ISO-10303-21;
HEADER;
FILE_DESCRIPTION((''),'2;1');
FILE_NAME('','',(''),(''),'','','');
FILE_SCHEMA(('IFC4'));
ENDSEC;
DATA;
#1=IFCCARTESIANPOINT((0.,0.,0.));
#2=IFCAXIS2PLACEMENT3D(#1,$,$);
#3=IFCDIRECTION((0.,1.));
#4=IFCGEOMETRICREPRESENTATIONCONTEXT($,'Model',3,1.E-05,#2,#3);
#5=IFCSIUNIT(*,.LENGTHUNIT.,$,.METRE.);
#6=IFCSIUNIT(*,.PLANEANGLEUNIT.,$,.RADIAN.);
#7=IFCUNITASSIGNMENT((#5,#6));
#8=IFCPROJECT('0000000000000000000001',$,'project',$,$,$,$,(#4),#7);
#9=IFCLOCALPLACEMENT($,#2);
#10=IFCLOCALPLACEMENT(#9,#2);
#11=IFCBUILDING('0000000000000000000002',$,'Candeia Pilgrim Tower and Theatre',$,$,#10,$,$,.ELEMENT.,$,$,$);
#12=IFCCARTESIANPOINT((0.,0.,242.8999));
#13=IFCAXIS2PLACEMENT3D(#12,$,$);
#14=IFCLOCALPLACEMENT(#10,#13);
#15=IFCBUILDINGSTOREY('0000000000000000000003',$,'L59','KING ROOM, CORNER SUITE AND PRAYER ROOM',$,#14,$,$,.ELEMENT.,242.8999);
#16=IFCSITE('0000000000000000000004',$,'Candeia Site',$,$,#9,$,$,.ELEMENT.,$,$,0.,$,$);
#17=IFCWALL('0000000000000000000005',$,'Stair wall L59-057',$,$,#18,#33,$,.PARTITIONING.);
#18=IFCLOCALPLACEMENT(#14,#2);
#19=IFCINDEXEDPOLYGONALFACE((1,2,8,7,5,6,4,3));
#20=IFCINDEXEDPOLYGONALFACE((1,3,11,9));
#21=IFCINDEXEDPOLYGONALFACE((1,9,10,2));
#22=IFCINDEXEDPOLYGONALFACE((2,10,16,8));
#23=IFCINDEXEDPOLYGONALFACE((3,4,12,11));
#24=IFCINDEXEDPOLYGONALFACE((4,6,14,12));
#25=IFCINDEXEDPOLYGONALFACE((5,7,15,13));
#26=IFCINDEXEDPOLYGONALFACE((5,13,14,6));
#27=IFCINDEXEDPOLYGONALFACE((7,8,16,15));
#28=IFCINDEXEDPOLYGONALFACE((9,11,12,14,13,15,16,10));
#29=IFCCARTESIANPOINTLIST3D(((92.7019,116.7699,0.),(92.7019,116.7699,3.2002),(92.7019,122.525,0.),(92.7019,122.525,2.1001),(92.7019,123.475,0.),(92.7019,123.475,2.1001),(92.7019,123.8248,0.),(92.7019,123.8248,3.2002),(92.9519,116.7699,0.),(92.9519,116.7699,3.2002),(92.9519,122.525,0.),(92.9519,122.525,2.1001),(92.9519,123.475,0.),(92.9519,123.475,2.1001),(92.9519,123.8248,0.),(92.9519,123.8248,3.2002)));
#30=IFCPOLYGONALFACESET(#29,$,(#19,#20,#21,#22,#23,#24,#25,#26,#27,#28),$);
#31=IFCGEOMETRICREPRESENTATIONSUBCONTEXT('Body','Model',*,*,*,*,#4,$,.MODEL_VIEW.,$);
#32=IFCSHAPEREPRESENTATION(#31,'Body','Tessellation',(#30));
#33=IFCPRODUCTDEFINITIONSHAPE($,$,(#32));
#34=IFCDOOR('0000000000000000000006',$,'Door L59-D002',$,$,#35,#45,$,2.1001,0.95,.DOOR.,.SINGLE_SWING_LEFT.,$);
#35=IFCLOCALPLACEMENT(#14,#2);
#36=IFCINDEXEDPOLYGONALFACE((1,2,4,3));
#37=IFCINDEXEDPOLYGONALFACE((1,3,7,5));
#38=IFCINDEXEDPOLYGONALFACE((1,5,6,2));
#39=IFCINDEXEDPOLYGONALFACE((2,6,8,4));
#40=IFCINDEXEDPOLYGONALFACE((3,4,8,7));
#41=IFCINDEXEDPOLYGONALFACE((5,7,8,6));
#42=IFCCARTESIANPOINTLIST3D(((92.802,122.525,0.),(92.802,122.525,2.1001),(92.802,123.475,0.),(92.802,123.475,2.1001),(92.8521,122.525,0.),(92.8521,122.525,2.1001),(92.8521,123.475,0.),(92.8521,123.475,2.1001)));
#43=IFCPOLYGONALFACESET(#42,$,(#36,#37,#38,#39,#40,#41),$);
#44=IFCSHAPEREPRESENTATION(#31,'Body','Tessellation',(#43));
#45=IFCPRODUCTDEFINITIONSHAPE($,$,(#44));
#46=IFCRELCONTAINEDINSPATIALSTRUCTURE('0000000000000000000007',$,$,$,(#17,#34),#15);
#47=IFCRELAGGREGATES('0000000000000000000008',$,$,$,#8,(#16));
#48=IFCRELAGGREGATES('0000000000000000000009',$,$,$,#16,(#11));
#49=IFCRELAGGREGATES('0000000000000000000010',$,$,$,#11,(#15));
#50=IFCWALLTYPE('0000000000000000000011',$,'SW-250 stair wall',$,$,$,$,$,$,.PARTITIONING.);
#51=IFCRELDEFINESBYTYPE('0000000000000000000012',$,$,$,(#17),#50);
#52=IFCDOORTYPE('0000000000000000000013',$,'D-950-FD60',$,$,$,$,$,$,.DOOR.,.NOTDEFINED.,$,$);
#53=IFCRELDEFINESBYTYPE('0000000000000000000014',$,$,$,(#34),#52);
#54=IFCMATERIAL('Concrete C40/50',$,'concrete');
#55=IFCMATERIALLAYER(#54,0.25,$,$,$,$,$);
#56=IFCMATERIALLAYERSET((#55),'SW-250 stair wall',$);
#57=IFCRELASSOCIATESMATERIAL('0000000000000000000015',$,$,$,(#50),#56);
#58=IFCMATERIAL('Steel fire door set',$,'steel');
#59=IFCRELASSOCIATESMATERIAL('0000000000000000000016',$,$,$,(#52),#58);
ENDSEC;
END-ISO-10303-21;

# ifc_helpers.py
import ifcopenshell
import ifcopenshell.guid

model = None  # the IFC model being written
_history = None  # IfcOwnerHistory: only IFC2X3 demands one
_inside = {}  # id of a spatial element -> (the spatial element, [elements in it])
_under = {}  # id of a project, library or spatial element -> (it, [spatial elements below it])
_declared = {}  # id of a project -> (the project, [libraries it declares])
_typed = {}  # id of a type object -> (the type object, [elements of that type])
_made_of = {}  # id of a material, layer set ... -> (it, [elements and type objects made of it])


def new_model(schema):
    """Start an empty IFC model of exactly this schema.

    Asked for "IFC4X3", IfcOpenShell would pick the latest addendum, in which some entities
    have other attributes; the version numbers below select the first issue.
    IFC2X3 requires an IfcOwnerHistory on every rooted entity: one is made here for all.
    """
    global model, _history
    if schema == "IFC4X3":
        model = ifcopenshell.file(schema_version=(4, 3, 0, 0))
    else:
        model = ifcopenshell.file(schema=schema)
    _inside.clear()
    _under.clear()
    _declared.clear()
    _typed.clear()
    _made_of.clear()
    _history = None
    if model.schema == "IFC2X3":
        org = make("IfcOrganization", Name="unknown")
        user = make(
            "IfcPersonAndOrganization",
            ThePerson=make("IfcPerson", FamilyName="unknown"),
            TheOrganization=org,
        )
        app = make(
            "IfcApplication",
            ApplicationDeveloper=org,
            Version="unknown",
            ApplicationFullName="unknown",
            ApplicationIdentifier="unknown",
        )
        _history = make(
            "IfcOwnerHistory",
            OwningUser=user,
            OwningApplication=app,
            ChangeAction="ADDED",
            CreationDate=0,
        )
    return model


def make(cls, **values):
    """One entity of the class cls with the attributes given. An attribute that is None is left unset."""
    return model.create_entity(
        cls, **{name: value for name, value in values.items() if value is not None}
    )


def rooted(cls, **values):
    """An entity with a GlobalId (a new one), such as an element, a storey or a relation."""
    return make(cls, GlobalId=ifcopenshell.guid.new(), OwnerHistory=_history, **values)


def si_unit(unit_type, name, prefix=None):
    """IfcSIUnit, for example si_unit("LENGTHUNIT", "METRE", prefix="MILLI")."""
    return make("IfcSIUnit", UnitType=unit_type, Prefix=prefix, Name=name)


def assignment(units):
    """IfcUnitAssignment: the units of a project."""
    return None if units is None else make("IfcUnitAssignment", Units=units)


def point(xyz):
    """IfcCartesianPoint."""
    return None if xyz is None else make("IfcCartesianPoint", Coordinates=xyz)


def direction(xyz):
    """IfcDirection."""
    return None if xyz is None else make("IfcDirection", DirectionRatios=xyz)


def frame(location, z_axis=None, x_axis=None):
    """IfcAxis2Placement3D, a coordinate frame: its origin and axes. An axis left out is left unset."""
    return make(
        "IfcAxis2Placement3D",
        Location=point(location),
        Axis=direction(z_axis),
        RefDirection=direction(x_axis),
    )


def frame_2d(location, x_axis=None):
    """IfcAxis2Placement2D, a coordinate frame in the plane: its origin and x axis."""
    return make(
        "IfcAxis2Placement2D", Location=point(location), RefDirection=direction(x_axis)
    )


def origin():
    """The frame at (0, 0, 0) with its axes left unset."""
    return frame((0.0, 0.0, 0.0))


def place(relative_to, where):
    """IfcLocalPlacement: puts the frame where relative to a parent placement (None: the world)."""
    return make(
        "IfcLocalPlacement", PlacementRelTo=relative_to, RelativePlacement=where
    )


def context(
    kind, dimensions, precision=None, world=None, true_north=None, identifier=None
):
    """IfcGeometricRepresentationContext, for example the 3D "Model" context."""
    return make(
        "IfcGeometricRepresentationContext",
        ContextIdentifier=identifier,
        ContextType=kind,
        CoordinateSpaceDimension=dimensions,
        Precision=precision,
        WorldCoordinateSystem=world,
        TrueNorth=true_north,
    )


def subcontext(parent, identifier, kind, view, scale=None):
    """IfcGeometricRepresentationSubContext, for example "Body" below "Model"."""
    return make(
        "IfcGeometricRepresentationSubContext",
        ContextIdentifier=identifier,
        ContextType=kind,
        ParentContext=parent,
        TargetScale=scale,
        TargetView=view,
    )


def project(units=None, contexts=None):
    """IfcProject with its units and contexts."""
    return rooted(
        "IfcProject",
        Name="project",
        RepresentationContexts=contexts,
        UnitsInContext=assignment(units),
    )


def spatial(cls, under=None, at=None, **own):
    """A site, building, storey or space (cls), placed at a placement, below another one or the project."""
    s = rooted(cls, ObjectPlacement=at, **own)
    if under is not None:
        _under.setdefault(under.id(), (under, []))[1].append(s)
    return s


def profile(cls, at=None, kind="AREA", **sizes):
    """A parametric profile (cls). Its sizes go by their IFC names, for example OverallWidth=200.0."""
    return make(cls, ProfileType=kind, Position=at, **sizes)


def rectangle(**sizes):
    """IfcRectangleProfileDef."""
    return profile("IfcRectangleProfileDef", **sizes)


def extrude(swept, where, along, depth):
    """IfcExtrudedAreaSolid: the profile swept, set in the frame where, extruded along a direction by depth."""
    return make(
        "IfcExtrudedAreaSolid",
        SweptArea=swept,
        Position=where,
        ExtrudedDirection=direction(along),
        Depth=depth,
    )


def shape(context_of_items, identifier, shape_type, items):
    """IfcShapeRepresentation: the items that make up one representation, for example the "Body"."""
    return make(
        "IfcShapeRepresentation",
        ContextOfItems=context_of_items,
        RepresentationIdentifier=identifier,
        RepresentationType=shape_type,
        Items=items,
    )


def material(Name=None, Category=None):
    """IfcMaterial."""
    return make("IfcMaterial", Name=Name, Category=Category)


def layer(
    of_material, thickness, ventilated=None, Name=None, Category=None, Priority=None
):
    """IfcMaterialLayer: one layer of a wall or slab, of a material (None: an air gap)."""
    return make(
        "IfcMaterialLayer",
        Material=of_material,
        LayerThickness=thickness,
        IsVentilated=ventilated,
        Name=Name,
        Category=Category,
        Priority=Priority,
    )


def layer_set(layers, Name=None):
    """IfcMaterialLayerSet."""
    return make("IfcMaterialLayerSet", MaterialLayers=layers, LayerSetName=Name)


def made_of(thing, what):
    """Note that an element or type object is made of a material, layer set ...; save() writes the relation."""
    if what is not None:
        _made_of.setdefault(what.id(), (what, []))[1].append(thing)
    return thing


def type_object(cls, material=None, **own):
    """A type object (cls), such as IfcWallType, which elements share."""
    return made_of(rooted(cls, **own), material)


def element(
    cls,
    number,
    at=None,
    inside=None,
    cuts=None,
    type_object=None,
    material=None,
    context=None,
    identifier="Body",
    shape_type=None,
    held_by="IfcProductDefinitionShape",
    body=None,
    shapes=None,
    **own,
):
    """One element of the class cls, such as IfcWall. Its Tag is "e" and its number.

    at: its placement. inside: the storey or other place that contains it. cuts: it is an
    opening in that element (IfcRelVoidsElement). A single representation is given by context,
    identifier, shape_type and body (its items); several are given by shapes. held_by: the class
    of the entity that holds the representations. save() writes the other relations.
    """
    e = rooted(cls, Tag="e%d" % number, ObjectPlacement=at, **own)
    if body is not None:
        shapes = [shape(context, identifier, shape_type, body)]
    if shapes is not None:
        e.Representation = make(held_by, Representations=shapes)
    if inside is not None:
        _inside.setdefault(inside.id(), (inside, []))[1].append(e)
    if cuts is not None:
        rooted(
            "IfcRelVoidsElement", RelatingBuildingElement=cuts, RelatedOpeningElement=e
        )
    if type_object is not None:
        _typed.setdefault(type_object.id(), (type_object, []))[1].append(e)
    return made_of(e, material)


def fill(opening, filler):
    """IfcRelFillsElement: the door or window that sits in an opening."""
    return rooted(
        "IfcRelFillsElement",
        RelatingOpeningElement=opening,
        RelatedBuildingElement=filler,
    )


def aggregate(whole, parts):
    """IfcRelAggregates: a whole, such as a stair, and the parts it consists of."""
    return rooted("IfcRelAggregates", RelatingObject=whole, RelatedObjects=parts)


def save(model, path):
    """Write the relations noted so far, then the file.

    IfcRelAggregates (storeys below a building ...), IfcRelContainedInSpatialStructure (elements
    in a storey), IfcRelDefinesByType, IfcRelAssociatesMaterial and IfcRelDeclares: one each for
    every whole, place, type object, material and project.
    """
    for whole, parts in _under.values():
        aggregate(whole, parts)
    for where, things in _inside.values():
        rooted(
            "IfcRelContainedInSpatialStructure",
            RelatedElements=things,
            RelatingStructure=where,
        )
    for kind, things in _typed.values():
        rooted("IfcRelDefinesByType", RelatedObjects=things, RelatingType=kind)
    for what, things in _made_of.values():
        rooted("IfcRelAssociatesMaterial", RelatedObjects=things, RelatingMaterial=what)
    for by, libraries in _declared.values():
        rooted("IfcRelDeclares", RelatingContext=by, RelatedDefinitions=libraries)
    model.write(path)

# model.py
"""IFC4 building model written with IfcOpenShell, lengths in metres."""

from ifc_helpers import new_model, si_unit, direction, frame, frame_2d, origin, place, context, subcontext, project, spatial, rectangle, extrude, material, layer, layer_set, type_object, element, fill, save


model = new_model("IFC4")

# Units and contexts
model_context = context("Model", 3, precision=1e-05, world=origin(), true_north=direction((0.0, 1.0)))
body_context = subcontext(model_context, "Body", "Model", "MODEL_VIEW")
ifc_project = project(units=[si_unit("LENGTHUNIT", "METRE"), si_unit("PLANEANGLEUNIT", "RADIAN")], contexts=[model_context])

# Site, building, storey
site_placement = place(None, origin())
site = spatial("IfcSite", under=ifc_project, at=site_placement, Name="Candeia Site", CompositionType="ELEMENT", RefElevation=0.0)
building_placement = place(site_placement, origin())
building = spatial("IfcBuilding", under=site, at=building_placement, Name="Candeia Pilgrim Tower and Theatre", CompositionType="ELEMENT")
storey_placement = place(building_placement, frame((0.0, 0.0, 242.8999)))
storey = spatial("IfcBuildingStorey", under=building, at=storey_placement, Name="L59", Description="KING ROOM, CORNER SUITE AND PRAYER ROOM", CompositionType="ELEMENT", Elevation=242.8999)

# Shared definitions
ifc_material_1 = material(Name="Concrete C40/50", Category="concrete")
ifc_material_2 = material(Name="Steel fire door set", Category="steel")

# Wall, opening, door
ifc_layer_1 = layer(ifc_material_1, 0.25)
ifc_layer_set_1 = layer_set([ifc_layer_1], Name="SW-250 stair wall")
wall_type_1 = type_object("IfcWallType", Name="SW-250 stair wall", PredefinedType="PARTITIONING", material=ifc_layer_set_1)
wall_1_placement = place(storey_placement, frame((92.8269, 116.77, 0.0), z_axis=(0.0, 0.0, 1.0), x_axis=(0.0, 1.0, 0.0)))
wall_1 = element("IfcWall", 1, at=wall_1_placement, inside=storey, type_object=wall_type_1, Name="Stair wall L59-057", PredefinedType="PARTITIONING", context=body_context, shape_type="SweptSolid", body=[
    extrude(rectangle(XDim=7.0549, YDim=0.25, at=frame_2d((3.5273, 0.0))), origin(), (0.0, 0.0, 1.0), 3.2002),
])
opening_1_placement = place(wall_1_placement, frame((5.7549, 0.0, 0.0)))
opening_1 = element("IfcOpeningElement", 2, at=opening_1_placement, cuts=wall_1, PredefinedType="OPENING", context=body_context, shape_type="SweptSolid", body=[
    extrude(rectangle(XDim=0.95, YDim=2.1001, at=frame_2d((0.4751, 1.05))), frame((0.0, 0.135, 0.0), z_axis=(0.0, -1.0, 0.0), x_axis=(1.0, 0.0, 0.0)), (0.0, 0.0, 1.0), 0.27),
])
door_type_1 = type_object("IfcDoorType", Name="D-950-FD60", OperationType="NOTDEFINED", PredefinedType="DOOR", material=ifc_material_2)
door_1_placement = place(opening_1_placement, origin())
door_1 = element("IfcDoor", 3, at=door_1_placement, inside=storey, type_object=door_type_1, Name="Door L59-D002", OperationType="SINGLE_SWING_LEFT", OverallHeight=2.1001, OverallWidth=0.95, PredefinedType="DOOR", context=body_context, shape_type="SweptSolid", body=[
    extrude(rectangle(XDim=0.95, YDim=2.1001, at=frame_2d((0.4751, 1.05))), frame((0.0, 0.0249, 0.0), z_axis=(0.0, -1.0, 0.0), x_axis=(1.0, 0.0, 0.0)), (0.0, 0.0, 1.0), 0.05),
])
fill(opening_1, door_1)

save(model, "model.ifc")
